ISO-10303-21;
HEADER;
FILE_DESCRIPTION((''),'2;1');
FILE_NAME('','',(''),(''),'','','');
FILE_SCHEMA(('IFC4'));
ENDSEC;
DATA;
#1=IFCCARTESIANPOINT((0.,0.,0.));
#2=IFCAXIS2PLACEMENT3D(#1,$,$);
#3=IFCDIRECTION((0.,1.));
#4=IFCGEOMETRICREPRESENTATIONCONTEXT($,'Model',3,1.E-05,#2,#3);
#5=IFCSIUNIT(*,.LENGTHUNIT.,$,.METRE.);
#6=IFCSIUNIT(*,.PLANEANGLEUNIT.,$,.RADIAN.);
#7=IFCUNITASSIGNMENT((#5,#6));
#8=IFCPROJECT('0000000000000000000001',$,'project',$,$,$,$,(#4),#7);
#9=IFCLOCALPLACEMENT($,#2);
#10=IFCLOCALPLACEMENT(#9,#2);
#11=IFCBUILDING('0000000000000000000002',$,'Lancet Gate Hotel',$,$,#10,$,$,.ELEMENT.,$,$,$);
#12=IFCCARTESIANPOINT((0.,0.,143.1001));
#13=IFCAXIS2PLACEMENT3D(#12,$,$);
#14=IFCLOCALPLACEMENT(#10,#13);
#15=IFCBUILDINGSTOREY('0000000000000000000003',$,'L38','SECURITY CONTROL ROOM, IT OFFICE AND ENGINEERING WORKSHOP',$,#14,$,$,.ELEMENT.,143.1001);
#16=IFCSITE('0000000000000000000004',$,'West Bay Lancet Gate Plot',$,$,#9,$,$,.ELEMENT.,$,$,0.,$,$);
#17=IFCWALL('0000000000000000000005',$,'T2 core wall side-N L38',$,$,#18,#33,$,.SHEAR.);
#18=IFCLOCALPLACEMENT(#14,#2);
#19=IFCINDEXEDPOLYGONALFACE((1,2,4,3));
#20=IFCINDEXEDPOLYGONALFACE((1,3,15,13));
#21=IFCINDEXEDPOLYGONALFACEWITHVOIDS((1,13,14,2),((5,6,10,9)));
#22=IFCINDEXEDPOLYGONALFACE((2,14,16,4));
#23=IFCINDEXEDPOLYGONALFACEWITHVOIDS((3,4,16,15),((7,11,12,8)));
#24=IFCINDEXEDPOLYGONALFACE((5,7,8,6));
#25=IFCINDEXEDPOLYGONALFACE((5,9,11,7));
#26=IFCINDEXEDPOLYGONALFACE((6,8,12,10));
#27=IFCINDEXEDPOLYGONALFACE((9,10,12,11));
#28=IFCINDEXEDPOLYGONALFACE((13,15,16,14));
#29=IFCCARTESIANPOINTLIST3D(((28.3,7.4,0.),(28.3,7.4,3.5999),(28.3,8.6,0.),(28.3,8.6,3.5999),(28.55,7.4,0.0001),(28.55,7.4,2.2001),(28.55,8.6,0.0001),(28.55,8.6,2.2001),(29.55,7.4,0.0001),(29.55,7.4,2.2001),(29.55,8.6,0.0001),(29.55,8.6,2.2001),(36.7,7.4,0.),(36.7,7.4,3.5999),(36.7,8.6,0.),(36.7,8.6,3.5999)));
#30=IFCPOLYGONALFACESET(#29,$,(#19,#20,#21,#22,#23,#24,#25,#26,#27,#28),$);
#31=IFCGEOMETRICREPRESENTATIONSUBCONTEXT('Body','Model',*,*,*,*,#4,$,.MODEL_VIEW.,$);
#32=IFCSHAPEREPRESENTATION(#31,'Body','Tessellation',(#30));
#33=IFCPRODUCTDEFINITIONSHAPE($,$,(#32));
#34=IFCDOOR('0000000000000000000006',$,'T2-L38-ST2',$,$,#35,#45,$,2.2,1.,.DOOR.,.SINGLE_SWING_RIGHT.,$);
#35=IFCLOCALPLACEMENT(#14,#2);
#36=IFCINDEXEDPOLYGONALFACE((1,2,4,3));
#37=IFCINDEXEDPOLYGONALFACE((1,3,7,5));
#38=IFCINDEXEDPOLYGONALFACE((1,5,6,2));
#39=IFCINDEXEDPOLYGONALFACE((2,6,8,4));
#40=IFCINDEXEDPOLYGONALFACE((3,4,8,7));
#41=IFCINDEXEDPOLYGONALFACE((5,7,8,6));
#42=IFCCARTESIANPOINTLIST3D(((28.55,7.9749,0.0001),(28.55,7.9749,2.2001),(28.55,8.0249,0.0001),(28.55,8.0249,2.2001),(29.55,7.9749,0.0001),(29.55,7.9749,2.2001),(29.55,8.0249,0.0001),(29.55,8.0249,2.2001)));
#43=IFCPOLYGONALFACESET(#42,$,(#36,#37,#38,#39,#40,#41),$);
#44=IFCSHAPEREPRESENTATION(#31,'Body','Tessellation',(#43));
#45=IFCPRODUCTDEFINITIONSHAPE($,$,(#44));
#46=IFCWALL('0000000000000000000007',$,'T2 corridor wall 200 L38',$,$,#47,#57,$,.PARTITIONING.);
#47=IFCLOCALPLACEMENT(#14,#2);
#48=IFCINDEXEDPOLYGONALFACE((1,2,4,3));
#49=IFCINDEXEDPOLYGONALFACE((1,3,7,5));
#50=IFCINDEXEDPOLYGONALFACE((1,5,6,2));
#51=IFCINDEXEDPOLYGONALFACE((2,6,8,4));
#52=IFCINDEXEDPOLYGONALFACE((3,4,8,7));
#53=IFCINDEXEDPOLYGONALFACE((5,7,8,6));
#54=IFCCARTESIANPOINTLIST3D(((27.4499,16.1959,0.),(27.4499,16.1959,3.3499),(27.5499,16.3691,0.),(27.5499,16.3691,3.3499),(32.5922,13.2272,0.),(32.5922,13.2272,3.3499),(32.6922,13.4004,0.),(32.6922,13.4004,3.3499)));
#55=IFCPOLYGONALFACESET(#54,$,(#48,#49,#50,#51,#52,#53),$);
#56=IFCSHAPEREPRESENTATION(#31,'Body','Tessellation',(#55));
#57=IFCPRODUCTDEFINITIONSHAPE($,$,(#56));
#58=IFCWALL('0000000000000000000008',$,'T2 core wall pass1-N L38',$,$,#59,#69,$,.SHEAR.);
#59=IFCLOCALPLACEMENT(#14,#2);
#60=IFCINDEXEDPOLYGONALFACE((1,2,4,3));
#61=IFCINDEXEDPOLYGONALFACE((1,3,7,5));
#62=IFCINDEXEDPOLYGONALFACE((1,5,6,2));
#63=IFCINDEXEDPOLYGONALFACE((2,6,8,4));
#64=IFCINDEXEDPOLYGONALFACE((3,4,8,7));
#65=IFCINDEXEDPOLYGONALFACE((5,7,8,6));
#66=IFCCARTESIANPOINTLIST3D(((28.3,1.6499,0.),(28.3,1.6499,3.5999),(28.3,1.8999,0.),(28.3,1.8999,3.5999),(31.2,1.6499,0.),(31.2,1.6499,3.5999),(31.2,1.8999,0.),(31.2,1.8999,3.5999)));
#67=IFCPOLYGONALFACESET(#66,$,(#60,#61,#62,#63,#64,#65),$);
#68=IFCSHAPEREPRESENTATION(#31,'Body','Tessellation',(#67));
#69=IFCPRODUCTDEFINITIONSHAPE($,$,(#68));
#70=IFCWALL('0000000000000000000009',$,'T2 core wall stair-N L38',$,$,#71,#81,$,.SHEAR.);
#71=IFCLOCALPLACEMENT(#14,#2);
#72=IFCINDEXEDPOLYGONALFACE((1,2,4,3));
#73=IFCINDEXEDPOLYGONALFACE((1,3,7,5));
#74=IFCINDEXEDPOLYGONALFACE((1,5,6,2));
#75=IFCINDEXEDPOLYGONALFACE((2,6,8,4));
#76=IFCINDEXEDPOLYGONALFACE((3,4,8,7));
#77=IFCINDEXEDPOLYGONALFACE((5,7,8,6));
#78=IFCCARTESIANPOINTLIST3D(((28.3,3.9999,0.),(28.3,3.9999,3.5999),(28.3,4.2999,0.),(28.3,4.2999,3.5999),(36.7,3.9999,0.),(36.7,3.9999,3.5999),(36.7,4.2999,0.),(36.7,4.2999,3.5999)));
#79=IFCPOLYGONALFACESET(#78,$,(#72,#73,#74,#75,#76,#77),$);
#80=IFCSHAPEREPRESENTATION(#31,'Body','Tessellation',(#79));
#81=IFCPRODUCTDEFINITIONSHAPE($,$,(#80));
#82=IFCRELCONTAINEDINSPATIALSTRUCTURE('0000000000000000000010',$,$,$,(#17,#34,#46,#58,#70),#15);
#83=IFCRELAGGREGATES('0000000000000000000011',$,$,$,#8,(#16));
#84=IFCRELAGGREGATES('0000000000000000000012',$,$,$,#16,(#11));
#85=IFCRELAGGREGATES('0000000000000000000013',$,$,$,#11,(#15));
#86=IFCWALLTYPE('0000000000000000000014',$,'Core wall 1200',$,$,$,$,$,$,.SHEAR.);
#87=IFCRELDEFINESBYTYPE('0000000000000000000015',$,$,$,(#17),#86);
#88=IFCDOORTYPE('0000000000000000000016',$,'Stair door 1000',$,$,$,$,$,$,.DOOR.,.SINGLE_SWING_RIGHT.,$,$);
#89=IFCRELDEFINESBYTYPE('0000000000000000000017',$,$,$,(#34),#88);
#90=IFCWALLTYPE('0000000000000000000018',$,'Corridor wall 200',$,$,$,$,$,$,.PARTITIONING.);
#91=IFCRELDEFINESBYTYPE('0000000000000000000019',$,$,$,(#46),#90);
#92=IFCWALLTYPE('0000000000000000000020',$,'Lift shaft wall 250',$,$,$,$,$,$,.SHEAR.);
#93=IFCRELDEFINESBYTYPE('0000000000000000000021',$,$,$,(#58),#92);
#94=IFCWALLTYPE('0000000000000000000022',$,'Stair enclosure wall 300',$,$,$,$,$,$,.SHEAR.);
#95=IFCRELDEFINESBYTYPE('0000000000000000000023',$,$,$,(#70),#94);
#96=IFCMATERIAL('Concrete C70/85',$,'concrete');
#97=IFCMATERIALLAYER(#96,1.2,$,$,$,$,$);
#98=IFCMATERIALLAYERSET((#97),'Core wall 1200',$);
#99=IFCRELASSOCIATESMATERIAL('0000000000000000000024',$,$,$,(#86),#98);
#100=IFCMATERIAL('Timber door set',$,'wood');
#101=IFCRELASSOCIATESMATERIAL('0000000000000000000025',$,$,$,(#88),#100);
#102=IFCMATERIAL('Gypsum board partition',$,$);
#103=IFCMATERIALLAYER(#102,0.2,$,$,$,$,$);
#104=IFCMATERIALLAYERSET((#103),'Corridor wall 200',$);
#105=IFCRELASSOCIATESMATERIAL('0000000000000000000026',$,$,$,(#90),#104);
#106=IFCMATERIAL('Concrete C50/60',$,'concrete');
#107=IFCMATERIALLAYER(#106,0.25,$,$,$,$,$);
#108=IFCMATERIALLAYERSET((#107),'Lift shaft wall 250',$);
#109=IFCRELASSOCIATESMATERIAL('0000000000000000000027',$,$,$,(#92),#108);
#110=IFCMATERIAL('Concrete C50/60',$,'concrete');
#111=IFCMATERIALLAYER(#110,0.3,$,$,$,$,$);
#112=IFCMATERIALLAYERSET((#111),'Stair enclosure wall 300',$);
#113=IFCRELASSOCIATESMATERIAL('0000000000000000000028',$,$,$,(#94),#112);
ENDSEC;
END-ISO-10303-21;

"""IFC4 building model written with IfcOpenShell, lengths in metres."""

from ifc_helpers import new_model, si_unit, direction, frame, frame_2d, origin, place, context, subcontext, project, spatial, rectangle, extrude, material, layer, layer_set, type_object, element, fill, save


model = new_model("IFC4")

# Units and contexts
model_context = context("Model", 3, precision=1e-05, world=origin(), true_north=direction((0.0, 1.0)))
body_context = subcontext(model_context, "Body", "Model", "MODEL_VIEW")
ifc_project = project(units=[si_unit("LENGTHUNIT", "METRE"), si_unit("PLANEANGLEUNIT", "RADIAN")], contexts=[model_context])

# Site, building, storey
site_placement = place(None, origin())
site = spatial("IfcSite", under=ifc_project, at=site_placement, Name="West Bay Lancet Gate Plot", CompositionType="ELEMENT", RefElevation=0.0)
building_placement = place(site_placement, origin())
building = spatial("IfcBuilding", under=site, at=building_placement, Name="Lancet Gate Hotel", CompositionType="ELEMENT")
storey_placement = place(building_placement, frame((0.0, 0.0, 143.1001)))
storey = spatial("IfcBuildingStorey", under=building, at=storey_placement, Name="L38", Description="SECURITY CONTROL ROOM, IT OFFICE AND ENGINEERING WORKSHOP", CompositionType="ELEMENT", Elevation=143.1001)

# Wall, opening, door
ifc_material_1 = material(Name="Concrete C70/85", Category="concrete")
ifc_layer_1 = layer(ifc_material_1, 1.2)
ifc_layer_set_1 = layer_set([ifc_layer_1], Name="Core wall 1200")
wall_type_1 = type_object("IfcWallType", Name="Core wall 1200", PredefinedType="SHEAR", material=ifc_layer_set_1)
wall_1_placement = place(storey_placement, frame((28.3, 8.0, 0.0), z_axis=(0.0, 0.0, 1.0), x_axis=(1.0, 0.0, 0.0)))
wall_1 = element("IfcWall", 1, at=wall_1_placement, inside=storey, type_object=wall_type_1, Name="T2 core wall side-N L38", PredefinedType="SHEAR", context=body_context, shape_type="SweptSolid", body=[
    extrude(rectangle(XDim=8.3999, YDim=1.2, at=frame_2d((4.2, 0.0))), origin(), (0.0, 0.0, 1.0), 3.5999),
])
opening_1_placement = place(wall_1_placement, frame((0.25, 0.0, 0.0)))
opening_1 = element("IfcOpeningElement", 2, at=opening_1_placement, cuts=wall_1, PredefinedType="OPENING", context=body_context, shape_type="SweptSolid", body=[
    extrude(rectangle(XDim=1.0, YDim=2.2, at=frame_2d((0.5, 1.1001))), frame((0.0, 0.6099, 0.0), z_axis=(0.0, -1.0, 0.0), x_axis=(1.0, 0.0, 0.0)), (0.0, 0.0, 1.0), 1.22),
])
ifc_material_2 = material(Name="Timber door set", Category="wood")
door_type_1 = type_object("IfcDoorType", Name="Stair door 1000", OperationType="SINGLE_SWING_RIGHT", PredefinedType="DOOR", material=ifc_material_2)
door_1_placement = place(opening_1_placement, origin())
door_1 = element("IfcDoor", 3, at=door_1_placement, inside=storey, type_object=door_type_1, Name="T2-L38-ST2", OperationType="SINGLE_SWING_RIGHT", OverallHeight=2.2, OverallWidth=1.0, PredefinedType="DOOR", context=body_context, shape_type="SweptSolid", body=[
    extrude(rectangle(XDim=1.0, YDim=2.2, at=frame_2d((0.5, 1.1001))), frame((0.0, 0.0249, 0.0), z_axis=(0.0, -1.0, 0.0), x_axis=(1.0, 0.0, 0.0)), (0.0, 0.0, 1.0), 0.05),
])
fill(opening_1, door_1)

# Walls
ifc_material_3 = material(Name="Gypsum board partition")
ifc_layer_2 = layer(ifc_material_3, 0.2)
ifc_layer_set_2 = layer_set([ifc_layer_2], Name="Corridor wall 200")
wall_type_2 = type_object("IfcWallType", Name="Corridor wall 200", PredefinedType="PARTITIONING", material=ifc_layer_set_2)
wall_2_placement = place(storey_placement, frame((27.5, 16.2825, 0.0), z_axis=(0.0, 0.0, 1.0), x_axis=(0.866038, -0.499978, 0.0)))
element("IfcWall", 4, at=wall_2_placement, inside=storey, type_object=wall_type_2, Name="T2 corridor wall 200 L38", PredefinedType="PARTITIONING", context=body_context, shape_type="SweptSolid", body=[
    extrude(rectangle(XDim=5.9377, YDim=0.2, at=frame_2d((2.9688, 0.0))), origin(), (0.0, 0.0, 1.0), 3.3499),
])
ifc_material_4 = material(Name="Concrete C50/60", Category="concrete")
ifc_layer_3 = layer(ifc_material_4, 0.25)
ifc_layer_set_3 = layer_set([ifc_layer_3], Name="Lift shaft wall 250")
wall_type_3 = type_object("IfcWallType", Name="Lift shaft wall 250", PredefinedType="SHEAR", material=ifc_layer_set_3)
wall_3_placement = place(storey_placement, frame((28.3, 1.7749, 0.0), z_axis=(0.0, 0.0, 1.0), x_axis=(1.0, 0.0, 0.0)))
element("IfcWall", 5, at=wall_3_placement, inside=storey, type_object=wall_type_3, Name="T2 core wall pass1-N L38", PredefinedType="SHEAR", context=body_context, shape_type="SweptSolid", body=[
    extrude(rectangle(XDim=2.8999, YDim=0.25, at=frame_2d((1.45, 0.0))), origin(), (0.0, 0.0, 1.0), 3.5999),
])
ifc_material_5 = material(Name="Concrete C50/60", Category="concrete")
ifc_layer_4 = layer(ifc_material_5, 0.3)
ifc_layer_set_4 = layer_set([ifc_layer_4], Name="Stair enclosure wall 300")
wall_type_4 = type_object("IfcWallType", Name="Stair enclosure wall 300", PredefinedType="SHEAR", material=ifc_layer_set_4)
wall_4_placement = place(storey_placement, frame((28.3, 4.1499, 0.0), z_axis=(0.0, 0.0, 1.0), x_axis=(1.0, 0.0, 0.0)))
element("IfcWall", 6, at=wall_4_placement, inside=storey, type_object=wall_type_4, Name="T2 core wall stair-N L38", PredefinedType="SHEAR", context=body_context, shape_type="SweptSolid", body=[
    extrude(rectangle(XDim=8.3999, YDim=0.3, at=frame_2d((4.2, 0.0))), origin(), (0.0, 0.0, 1.0), 3.5999),
])

save(model, "model.ifc")
